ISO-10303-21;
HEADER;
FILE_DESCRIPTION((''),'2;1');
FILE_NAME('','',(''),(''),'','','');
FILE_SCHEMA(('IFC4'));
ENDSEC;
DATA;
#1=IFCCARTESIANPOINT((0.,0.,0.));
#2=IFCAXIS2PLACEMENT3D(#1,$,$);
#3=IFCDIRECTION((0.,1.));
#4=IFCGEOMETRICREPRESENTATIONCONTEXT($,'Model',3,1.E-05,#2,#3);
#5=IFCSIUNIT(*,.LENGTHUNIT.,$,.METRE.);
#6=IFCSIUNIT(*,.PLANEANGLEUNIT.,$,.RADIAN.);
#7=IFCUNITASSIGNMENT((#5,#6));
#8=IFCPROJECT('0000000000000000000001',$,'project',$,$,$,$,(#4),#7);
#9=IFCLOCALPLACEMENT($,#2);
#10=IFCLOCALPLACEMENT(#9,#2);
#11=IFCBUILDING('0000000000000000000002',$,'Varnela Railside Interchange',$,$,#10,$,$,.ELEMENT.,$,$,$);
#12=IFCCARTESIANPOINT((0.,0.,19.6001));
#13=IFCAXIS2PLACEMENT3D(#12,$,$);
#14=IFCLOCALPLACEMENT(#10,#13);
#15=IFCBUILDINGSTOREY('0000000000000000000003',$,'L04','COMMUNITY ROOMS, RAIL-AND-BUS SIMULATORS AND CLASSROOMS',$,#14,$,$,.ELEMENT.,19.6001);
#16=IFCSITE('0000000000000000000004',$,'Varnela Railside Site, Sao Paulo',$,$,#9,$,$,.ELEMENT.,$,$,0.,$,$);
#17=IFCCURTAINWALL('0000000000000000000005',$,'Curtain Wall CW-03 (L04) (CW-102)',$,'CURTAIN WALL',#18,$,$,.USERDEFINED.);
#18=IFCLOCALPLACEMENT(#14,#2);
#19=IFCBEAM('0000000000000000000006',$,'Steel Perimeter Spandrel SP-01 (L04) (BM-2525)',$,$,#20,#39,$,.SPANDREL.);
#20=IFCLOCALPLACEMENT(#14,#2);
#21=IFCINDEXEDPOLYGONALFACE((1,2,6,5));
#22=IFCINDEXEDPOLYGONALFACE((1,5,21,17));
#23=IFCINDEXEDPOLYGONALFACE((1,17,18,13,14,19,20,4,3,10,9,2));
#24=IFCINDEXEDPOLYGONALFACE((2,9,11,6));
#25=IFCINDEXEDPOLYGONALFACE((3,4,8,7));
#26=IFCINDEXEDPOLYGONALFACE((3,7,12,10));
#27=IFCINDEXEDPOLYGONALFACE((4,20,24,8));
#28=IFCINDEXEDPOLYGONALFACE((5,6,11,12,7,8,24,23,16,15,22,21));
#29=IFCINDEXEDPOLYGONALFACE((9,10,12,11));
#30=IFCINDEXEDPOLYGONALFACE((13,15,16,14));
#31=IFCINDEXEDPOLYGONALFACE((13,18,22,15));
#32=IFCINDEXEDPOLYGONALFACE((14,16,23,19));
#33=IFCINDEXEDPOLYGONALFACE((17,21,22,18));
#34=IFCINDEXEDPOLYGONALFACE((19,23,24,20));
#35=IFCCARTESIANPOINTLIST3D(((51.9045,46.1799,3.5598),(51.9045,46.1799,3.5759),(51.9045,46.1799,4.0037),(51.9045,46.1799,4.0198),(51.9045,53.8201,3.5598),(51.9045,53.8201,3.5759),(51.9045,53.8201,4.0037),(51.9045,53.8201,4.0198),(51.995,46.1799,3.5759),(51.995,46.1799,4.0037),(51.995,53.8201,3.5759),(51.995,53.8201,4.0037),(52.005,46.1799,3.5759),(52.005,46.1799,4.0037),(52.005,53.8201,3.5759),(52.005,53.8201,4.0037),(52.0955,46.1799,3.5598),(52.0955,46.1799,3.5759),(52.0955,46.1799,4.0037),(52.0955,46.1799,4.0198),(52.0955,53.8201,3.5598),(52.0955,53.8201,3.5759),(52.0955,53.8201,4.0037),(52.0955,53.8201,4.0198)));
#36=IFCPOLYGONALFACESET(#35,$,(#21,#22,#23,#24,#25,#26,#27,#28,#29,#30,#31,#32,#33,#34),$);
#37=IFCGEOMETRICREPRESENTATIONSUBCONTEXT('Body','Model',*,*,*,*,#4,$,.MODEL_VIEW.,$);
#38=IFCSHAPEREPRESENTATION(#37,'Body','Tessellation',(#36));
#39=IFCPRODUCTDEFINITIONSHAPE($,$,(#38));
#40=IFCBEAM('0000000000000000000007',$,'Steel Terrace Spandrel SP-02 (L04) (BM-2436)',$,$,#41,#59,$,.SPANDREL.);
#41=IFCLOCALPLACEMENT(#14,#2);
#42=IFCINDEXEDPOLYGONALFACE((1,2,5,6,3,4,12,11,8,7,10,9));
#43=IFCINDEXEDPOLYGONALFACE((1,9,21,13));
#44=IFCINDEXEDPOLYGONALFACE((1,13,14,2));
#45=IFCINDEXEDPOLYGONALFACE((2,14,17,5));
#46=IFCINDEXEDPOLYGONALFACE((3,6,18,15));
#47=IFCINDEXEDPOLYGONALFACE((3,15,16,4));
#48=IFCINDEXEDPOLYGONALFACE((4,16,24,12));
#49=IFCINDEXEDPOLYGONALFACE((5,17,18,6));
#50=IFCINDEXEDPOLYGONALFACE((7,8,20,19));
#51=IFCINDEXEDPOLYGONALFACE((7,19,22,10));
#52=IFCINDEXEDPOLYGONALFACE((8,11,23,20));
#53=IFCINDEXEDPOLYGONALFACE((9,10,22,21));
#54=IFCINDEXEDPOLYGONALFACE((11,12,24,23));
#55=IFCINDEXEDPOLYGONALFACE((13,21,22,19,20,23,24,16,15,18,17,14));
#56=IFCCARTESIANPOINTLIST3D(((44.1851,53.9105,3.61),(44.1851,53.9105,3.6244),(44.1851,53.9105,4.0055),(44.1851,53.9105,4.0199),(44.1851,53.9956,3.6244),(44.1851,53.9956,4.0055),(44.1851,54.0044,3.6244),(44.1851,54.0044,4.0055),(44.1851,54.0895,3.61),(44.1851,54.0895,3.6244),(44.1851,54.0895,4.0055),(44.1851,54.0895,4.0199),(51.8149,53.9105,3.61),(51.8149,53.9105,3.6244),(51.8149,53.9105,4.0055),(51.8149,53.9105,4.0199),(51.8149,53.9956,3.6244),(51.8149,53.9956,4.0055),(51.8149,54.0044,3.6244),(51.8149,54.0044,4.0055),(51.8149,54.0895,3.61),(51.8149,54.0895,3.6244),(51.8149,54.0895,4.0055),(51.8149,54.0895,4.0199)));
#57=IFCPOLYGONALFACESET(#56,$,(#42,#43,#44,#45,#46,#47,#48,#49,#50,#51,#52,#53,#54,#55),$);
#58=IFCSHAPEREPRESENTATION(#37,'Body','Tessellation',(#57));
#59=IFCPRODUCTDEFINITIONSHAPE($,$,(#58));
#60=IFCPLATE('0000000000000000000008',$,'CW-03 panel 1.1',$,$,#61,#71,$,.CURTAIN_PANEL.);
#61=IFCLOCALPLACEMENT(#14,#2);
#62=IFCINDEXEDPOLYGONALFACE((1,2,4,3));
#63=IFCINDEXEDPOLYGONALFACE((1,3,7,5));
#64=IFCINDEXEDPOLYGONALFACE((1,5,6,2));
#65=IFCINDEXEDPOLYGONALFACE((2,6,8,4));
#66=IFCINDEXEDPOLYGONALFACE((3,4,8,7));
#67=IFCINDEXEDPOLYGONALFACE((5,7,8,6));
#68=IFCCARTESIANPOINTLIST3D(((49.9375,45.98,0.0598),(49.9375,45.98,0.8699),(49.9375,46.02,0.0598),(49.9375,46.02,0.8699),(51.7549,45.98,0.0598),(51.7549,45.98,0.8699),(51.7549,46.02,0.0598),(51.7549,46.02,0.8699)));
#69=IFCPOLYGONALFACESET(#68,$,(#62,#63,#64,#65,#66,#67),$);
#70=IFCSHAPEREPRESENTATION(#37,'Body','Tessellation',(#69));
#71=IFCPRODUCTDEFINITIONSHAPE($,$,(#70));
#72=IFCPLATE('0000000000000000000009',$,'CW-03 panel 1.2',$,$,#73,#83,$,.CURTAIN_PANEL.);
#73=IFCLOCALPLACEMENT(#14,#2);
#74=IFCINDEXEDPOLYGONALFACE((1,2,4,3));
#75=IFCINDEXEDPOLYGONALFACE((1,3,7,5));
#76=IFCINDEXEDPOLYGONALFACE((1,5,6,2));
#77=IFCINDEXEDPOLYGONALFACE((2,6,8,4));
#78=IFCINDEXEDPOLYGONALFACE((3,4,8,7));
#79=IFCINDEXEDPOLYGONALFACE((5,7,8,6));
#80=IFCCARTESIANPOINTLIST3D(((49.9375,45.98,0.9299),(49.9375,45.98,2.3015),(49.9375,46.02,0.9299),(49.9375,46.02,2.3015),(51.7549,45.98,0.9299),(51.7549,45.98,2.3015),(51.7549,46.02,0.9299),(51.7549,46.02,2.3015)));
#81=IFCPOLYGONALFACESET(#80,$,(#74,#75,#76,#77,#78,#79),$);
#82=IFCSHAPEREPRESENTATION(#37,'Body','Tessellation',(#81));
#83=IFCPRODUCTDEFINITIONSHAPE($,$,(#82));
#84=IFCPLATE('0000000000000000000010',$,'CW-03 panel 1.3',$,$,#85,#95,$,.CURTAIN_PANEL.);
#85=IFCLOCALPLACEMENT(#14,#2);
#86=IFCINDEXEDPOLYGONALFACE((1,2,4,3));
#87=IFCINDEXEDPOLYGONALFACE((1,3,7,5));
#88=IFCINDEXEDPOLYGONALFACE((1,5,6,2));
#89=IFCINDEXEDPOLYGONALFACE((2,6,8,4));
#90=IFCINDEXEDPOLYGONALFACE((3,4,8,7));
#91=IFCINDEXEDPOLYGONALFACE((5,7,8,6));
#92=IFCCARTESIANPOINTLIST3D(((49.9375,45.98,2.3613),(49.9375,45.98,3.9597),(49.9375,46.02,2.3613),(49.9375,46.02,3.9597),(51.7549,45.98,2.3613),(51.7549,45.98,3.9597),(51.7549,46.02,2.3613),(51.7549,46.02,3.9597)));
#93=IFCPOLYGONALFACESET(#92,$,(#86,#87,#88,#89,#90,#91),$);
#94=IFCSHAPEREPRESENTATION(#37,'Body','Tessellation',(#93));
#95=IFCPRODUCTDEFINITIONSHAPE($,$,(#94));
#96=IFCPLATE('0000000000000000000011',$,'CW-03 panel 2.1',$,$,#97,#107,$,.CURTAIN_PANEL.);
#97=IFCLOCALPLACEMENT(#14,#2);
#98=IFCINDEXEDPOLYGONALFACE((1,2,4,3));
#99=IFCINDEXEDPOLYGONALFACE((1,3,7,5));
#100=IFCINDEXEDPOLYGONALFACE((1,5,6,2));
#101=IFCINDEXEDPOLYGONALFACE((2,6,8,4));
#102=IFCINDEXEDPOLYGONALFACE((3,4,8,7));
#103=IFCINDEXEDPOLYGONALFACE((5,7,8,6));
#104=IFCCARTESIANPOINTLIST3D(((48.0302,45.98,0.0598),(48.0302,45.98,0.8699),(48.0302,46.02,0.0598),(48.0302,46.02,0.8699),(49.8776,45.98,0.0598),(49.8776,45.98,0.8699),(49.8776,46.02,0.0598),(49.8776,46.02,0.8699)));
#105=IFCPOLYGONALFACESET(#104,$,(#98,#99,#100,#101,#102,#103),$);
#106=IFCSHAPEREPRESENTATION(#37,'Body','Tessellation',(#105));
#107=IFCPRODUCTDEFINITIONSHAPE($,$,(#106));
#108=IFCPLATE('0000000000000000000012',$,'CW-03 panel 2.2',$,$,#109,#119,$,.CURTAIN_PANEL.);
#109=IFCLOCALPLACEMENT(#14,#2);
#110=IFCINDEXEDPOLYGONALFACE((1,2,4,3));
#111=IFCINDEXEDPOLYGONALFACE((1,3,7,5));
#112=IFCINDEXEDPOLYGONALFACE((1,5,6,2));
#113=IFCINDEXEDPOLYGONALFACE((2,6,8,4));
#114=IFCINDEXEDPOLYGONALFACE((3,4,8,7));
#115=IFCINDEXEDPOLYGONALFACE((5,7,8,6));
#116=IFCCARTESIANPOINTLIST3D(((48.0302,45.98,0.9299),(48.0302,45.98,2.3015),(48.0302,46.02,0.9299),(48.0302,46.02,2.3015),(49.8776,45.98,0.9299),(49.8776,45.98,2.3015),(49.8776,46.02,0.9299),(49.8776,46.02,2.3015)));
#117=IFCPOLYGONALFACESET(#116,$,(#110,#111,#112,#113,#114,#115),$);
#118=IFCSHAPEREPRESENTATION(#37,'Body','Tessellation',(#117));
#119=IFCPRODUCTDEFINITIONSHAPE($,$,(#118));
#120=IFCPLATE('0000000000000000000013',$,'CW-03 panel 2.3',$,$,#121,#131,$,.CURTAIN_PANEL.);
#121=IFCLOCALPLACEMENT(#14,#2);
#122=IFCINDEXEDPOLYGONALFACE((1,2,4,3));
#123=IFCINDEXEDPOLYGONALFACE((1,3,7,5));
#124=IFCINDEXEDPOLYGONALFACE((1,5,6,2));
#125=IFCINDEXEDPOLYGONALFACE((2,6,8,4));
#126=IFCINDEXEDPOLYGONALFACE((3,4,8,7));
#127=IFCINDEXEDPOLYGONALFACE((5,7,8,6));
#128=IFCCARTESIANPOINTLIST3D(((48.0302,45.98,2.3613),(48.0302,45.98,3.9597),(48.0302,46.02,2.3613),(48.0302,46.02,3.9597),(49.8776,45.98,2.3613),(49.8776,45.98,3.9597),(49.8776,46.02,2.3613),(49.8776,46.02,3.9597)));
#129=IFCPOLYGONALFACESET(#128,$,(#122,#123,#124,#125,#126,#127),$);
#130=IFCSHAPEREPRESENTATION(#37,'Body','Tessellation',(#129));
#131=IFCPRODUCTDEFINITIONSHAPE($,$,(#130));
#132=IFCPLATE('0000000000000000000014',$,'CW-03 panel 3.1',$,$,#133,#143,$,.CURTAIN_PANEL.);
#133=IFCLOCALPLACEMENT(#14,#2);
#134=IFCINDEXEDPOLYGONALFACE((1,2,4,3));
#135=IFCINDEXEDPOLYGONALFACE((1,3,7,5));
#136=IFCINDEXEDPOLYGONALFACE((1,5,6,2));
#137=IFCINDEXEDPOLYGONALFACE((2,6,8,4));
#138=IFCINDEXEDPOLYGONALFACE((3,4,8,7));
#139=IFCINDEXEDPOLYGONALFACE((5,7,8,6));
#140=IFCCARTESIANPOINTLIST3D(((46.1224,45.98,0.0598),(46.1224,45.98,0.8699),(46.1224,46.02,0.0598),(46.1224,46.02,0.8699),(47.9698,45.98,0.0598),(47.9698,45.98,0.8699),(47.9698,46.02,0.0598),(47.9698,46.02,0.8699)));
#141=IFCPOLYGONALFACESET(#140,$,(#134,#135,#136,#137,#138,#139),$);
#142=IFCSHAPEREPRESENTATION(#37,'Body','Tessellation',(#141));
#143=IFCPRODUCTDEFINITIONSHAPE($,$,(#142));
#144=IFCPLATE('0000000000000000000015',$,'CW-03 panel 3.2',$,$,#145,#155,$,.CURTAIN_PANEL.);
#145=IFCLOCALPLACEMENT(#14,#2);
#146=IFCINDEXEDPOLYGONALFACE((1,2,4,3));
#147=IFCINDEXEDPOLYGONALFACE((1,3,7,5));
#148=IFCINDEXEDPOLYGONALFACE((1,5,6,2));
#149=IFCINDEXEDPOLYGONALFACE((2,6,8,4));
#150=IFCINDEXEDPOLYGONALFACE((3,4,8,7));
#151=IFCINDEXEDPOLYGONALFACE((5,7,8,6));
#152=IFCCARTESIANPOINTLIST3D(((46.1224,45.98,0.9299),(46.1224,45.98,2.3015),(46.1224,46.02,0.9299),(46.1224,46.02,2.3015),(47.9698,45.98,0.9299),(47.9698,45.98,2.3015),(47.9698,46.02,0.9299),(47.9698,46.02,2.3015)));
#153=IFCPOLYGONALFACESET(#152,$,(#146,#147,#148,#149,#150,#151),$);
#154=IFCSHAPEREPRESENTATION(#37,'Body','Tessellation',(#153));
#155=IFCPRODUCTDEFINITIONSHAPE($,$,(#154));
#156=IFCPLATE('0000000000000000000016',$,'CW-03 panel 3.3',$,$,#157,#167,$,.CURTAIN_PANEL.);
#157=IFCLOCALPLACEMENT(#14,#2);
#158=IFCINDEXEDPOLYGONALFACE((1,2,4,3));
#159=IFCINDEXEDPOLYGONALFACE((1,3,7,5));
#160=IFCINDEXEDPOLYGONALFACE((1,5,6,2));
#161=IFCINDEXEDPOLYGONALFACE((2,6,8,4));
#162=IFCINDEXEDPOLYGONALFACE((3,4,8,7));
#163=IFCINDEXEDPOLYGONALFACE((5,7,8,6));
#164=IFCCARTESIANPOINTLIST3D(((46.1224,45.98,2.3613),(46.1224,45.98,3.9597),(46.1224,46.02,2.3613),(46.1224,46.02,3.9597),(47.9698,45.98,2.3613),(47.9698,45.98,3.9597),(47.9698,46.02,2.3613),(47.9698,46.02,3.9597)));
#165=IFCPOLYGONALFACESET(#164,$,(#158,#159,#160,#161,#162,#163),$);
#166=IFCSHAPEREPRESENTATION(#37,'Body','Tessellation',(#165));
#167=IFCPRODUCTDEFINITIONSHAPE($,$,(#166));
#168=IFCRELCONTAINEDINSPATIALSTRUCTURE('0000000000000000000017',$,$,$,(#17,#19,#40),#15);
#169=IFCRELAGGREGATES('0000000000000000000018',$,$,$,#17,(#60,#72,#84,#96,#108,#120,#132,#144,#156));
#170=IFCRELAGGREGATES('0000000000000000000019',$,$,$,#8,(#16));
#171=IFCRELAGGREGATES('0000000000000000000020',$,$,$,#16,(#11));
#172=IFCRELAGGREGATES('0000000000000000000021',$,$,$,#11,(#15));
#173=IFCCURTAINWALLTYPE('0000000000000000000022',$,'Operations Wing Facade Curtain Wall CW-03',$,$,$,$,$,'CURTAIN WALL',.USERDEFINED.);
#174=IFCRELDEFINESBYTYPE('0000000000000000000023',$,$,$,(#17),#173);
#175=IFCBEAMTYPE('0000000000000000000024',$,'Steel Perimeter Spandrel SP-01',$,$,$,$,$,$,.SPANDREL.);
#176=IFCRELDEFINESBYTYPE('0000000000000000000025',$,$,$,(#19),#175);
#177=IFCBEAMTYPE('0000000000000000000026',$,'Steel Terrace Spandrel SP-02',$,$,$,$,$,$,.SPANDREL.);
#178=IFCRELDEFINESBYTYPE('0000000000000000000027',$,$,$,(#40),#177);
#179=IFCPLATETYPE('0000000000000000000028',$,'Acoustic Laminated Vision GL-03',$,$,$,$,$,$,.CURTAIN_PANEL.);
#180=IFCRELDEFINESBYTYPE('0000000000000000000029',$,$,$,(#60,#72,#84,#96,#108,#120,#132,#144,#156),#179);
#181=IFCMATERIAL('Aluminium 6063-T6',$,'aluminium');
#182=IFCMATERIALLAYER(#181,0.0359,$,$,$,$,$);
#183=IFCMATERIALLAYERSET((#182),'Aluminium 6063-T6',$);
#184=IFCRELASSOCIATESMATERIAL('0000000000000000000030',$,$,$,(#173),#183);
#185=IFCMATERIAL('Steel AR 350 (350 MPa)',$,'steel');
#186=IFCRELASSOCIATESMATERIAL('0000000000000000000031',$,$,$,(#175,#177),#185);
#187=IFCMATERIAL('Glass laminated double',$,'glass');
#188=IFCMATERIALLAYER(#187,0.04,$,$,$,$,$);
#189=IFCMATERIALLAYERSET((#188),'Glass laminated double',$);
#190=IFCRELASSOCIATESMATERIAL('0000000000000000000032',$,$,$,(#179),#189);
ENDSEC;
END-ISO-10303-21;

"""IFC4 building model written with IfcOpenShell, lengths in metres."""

from ifc_helpers import new_model, si_unit, direction, frame, origin, origin_2d, place, context, subcontext, project, spatial, rectangle, i_section, extrude, material, layer, layer_set, material_profile, profile_set, type_object, element, aggregate, save


model = new_model("IFC4")

# Units and contexts
model_context = context("Model", 3, precision=1e-05, world=origin(), true_north=direction((0.0, 1.0)))
body_context = subcontext(model_context, "Body", "Model", "MODEL_VIEW")
ifc_project = project(units=[si_unit("LENGTHUNIT", "METRE"), si_unit("PLANEANGLEUNIT", "RADIAN")], contexts=[model_context])

# Site, building, storey
site_placement = place(None, origin())
site = spatial("IfcSite", under=ifc_project, at=site_placement, Name="Varnela Railside Site, Sao Paulo", CompositionType="ELEMENT", RefElevation=0.0)
building_placement = place(site_placement, origin())
building = spatial("IfcBuilding", under=site, at=building_placement, Name="Varnela Railside Interchange", CompositionType="ELEMENT")
storey_placement = place(building_placement, frame((0.0, 0.0, 19.6001)))
storey = spatial("IfcBuildingStorey", under=building, at=storey_placement, Name="L04", Description="COMMUNITY ROOMS, RAIL-AND-BUS SIMULATORS AND CLASSROOMS", CompositionType="ELEMENT", Elevation=19.6001)

# Shared definitions
ifc_material_1 = material(Name="Steel AR 350 (350 MPa)", Category="steel")

# Curtain wall
ifc_material_2 = material(Name="Aluminium 6063-T6", Category="aluminium")
ifc_layer_1 = layer(ifc_material_2, 0.0359)
ifc_layer_set_1 = layer_set([ifc_layer_1], Name="Aluminium 6063-T6")
curtain_wall_type = type_object("IfcCurtainWallType", Name="Operations Wing Facade Curtain Wall CW-03", ElementType="CURTAIN WALL", PredefinedType="USERDEFINED", material=ifc_layer_set_1)
curtain_wall_placement = place(storey_placement, origin())
curtain_wall = element("IfcCurtainWall", 1, at=curtain_wall_placement, inside=storey, type_object=curtain_wall_type, Name="Curtain Wall CW-03 (L04) (CW-102)", ObjectType="CURTAIN WALL", PredefinedType="USERDEFINED")

# Beams
ifc_material_profile_1 = material_profile(ifc_material_1, i_section(OverallWidth=0.1909, OverallDepth=0.46, WebThickness=0.01, FlangeThickness=0.0161, at=origin_2d()), Name="W460x82")
ifc_profile_set_1 = profile_set([ifc_material_profile_1], Name="Steel AR 350 (350 MPa)")
beam_type_1 = type_object("IfcBeamType", Name="Steel Perimeter Spandrel SP-01", PredefinedType="SPANDREL", material=ifc_profile_set_1)
for number, where, z_axis, x_axis, name in (
    (2, (52.0, 46.1799, 3.7898), (0.0, 1.0, 0.0), (-1.0, 0.0, 0.0), "Steel Perimeter Spandrel SP-01 (L04) (BM-2525)"),
):
    element("IfcBeam", number, at=place(storey_placement, frame(where, z_axis=z_axis, x_axis=x_axis)), inside=storey, type_object=beam_type_1, Name=name, PredefinedType="SPANDREL", context=body_context, shape_type="SweptSolid", body=[
        extrude(i_section(OverallWidth=0.1909, OverallDepth=0.46, WebThickness=0.01, FlangeThickness=0.0161, at=origin_2d()), origin(), (0.0, 0.0, 1.0), 7.6401),
    ])
ifc_material_profile_2 = material_profile(ifc_material_1, i_section(OverallWidth=0.179, OverallDepth=0.4099, WebThickness=0.0088, FlangeThickness=0.0144, at=origin_2d()), Name="W410x67")
ifc_profile_set_2 = profile_set([ifc_material_profile_2], Name="Steel AR 350 (350 MPa)")
beam_type_2 = type_object("IfcBeamType", Name="Steel Terrace Spandrel SP-02", PredefinedType="SPANDREL", material=ifc_profile_set_2)
beam_1_placement = place(storey_placement, frame((44.1851, 54.0, 3.8149), z_axis=(1.0, 0.0, 0.0), x_axis=(0.0, 1.0, 0.0)))
element("IfcBeam", 3, at=beam_1_placement, inside=storey, type_object=beam_type_2, Name="Steel Terrace Spandrel SP-02 (L04) (BM-2436)", PredefinedType="SPANDREL", context=body_context, shape_type="SweptSolid", body=[
    extrude(i_section(OverallWidth=0.179, OverallDepth=0.4099, WebThickness=0.0088, FlangeThickness=0.0144, at=origin_2d()), origin(), (0.0, 0.0, 1.0), 7.6299),
])

# Plates
ifc_material_3 = material(Name="Glass laminated double", Category="glass")
ifc_layer_2 = layer(ifc_material_3, 0.04)
ifc_layer_set_2 = layer_set([ifc_layer_2], Name="Glass laminated double")
plate_type = type_object("IfcPlateType", Name="Acoustic Laminated Vision GL-03", PredefinedType="CURTAIN_PANEL", material=ifc_layer_set_2)
plate_1_placement = place(storey_placement, frame((50.8462, 46.0, 0.0598), z_axis=(0.0, 0.0, 1.0), x_axis=(-1.0, 0.0, 0.0)))
plate_1 = element("IfcPlate", 4, at=plate_1_placement, type_object=plate_type, Name="CW-03 panel 1.1", PredefinedType="CURTAIN_PANEL", context=body_context, shape_type="SweptSolid", body=[
    extrude(rectangle(XDim=1.8174, YDim=0.04, at=origin_2d()), origin(), (0.0, 0.0, 1.0), 0.8101),
])
plate_2_placement = place(storey_placement, frame((50.8462, 46.0, 0.9299), z_axis=(0.0, 0.0, 1.0), x_axis=(-1.0, 0.0, 0.0)))
plate_2 = element("IfcPlate", 5, at=plate_2_placement, type_object=plate_type, Name="CW-03 panel 1.2", PredefinedType="CURTAIN_PANEL", context=body_context, shape_type="SweptSolid", body=[
    extrude(rectangle(XDim=1.8174, YDim=0.04, at=origin_2d()), origin(), (0.0, 0.0, 1.0), 1.3716),
])
plate_3_placement = place(storey_placement, frame((50.8462, 46.0, 2.3613), z_axis=(0.0, 0.0, 1.0), x_axis=(-1.0, 0.0, 0.0)))
plate_3 = element("IfcPlate", 6, at=plate_3_placement, type_object=plate_type, Name="CW-03 panel 1.3", PredefinedType="CURTAIN_PANEL", context=body_context, shape_type="SweptSolid", body=[
    extrude(rectangle(XDim=1.8174, YDim=0.04, at=origin_2d()), origin(), (0.0, 0.0, 1.0), 1.5984),
])
plate_4_placement = place(storey_placement, frame((48.9539, 46.0, 0.0598), z_axis=(0.0, 0.0, 1.0), x_axis=(-1.0, 0.0, 0.0)))
plate_4 = element("IfcPlate", 7, at=plate_4_placement, type_object=plate_type, Name="CW-03 panel 2.1", PredefinedType="CURTAIN_PANEL", context=body_context, shape_type="SweptSolid", body=[
    extrude(rectangle(XDim=1.8474, YDim=0.04, at=origin_2d()), origin(), (0.0, 0.0, 1.0), 0.8101),
])
plate_5_placement = place(storey_placement, frame((48.9539, 46.0, 0.9299), z_axis=(0.0, 0.0, 1.0), x_axis=(-1.0, 0.0, 0.0)))
plate_5 = element("IfcPlate", 8, at=plate_5_placement, type_object=plate_type, Name="CW-03 panel 2.2", PredefinedType="CURTAIN_PANEL", context=body_context, shape_type="SweptSolid", body=[
    extrude(rectangle(XDim=1.8474, YDim=0.04, at=origin_2d()), origin(), (0.0, 0.0, 1.0), 1.3716),
])
plate_6_placement = place(storey_placement, frame((48.9539, 46.0, 2.3613), z_axis=(0.0, 0.0, 1.0), x_axis=(-1.0, 0.0, 0.0)))
plate_6 = element("IfcPlate", 9, at=plate_6_placement, type_object=plate_type, Name="CW-03 panel 2.3", PredefinedType="CURTAIN_PANEL", context=body_context, shape_type="SweptSolid", body=[
    extrude(rectangle(XDim=1.8474, YDim=0.04, at=origin_2d()), origin(), (0.0, 0.0, 1.0), 1.5984),
])
plate_7_placement = place(storey_placement, frame((47.0461, 46.0, 0.0598), z_axis=(0.0, 0.0, 1.0), x_axis=(-1.0, 0.0, 0.0)))
plate_7 = element("IfcPlate", 10, at=plate_7_placement, type_object=plate_type, Name="CW-03 panel 3.1", PredefinedType="CURTAIN_PANEL", context=body_context, shape_type="SweptSolid", body=[
    extrude(rectangle(XDim=1.8474, YDim=0.04, at=origin_2d()), origin(), (0.0, 0.0, 1.0), 0.8101),
])
plate_8_placement = place(storey_placement, frame((47.0461, 46.0, 0.9299), z_axis=(0.0, 0.0, 1.0), x_axis=(-1.0, 0.0, 0.0)))
plate_8 = element("IfcPlate", 11, at=plate_8_placement, type_object=plate_type, Name="CW-03 panel 3.2", PredefinedType="CURTAIN_PANEL", context=body_context, shape_type="SweptSolid", body=[
    extrude(rectangle(XDim=1.8474, YDim=0.04, at=origin_2d()), origin(), (0.0, 0.0, 1.0), 1.3716),
])
plate_9_placement = place(storey_placement, frame((47.0461, 46.0, 2.3613), z_axis=(0.0, 0.0, 1.0), x_axis=(-1.0, 0.0, 0.0)))
plate_9 = element("IfcPlate", 12, at=plate_9_placement, type_object=plate_type, Name="CW-03 panel 3.3", PredefinedType="CURTAIN_PANEL", context=body_context, shape_type="SweptSolid", body=[
    extrude(rectangle(XDim=1.8474, YDim=0.04, at=origin_2d()), origin(), (0.0, 0.0, 1.0), 1.5984),
])
aggregate(curtain_wall, [plate_1, plate_2, plate_3, plate_4, plate_5, plate_6, plate_7, plate_8, plate_9])

save(model, "model.ifc")
